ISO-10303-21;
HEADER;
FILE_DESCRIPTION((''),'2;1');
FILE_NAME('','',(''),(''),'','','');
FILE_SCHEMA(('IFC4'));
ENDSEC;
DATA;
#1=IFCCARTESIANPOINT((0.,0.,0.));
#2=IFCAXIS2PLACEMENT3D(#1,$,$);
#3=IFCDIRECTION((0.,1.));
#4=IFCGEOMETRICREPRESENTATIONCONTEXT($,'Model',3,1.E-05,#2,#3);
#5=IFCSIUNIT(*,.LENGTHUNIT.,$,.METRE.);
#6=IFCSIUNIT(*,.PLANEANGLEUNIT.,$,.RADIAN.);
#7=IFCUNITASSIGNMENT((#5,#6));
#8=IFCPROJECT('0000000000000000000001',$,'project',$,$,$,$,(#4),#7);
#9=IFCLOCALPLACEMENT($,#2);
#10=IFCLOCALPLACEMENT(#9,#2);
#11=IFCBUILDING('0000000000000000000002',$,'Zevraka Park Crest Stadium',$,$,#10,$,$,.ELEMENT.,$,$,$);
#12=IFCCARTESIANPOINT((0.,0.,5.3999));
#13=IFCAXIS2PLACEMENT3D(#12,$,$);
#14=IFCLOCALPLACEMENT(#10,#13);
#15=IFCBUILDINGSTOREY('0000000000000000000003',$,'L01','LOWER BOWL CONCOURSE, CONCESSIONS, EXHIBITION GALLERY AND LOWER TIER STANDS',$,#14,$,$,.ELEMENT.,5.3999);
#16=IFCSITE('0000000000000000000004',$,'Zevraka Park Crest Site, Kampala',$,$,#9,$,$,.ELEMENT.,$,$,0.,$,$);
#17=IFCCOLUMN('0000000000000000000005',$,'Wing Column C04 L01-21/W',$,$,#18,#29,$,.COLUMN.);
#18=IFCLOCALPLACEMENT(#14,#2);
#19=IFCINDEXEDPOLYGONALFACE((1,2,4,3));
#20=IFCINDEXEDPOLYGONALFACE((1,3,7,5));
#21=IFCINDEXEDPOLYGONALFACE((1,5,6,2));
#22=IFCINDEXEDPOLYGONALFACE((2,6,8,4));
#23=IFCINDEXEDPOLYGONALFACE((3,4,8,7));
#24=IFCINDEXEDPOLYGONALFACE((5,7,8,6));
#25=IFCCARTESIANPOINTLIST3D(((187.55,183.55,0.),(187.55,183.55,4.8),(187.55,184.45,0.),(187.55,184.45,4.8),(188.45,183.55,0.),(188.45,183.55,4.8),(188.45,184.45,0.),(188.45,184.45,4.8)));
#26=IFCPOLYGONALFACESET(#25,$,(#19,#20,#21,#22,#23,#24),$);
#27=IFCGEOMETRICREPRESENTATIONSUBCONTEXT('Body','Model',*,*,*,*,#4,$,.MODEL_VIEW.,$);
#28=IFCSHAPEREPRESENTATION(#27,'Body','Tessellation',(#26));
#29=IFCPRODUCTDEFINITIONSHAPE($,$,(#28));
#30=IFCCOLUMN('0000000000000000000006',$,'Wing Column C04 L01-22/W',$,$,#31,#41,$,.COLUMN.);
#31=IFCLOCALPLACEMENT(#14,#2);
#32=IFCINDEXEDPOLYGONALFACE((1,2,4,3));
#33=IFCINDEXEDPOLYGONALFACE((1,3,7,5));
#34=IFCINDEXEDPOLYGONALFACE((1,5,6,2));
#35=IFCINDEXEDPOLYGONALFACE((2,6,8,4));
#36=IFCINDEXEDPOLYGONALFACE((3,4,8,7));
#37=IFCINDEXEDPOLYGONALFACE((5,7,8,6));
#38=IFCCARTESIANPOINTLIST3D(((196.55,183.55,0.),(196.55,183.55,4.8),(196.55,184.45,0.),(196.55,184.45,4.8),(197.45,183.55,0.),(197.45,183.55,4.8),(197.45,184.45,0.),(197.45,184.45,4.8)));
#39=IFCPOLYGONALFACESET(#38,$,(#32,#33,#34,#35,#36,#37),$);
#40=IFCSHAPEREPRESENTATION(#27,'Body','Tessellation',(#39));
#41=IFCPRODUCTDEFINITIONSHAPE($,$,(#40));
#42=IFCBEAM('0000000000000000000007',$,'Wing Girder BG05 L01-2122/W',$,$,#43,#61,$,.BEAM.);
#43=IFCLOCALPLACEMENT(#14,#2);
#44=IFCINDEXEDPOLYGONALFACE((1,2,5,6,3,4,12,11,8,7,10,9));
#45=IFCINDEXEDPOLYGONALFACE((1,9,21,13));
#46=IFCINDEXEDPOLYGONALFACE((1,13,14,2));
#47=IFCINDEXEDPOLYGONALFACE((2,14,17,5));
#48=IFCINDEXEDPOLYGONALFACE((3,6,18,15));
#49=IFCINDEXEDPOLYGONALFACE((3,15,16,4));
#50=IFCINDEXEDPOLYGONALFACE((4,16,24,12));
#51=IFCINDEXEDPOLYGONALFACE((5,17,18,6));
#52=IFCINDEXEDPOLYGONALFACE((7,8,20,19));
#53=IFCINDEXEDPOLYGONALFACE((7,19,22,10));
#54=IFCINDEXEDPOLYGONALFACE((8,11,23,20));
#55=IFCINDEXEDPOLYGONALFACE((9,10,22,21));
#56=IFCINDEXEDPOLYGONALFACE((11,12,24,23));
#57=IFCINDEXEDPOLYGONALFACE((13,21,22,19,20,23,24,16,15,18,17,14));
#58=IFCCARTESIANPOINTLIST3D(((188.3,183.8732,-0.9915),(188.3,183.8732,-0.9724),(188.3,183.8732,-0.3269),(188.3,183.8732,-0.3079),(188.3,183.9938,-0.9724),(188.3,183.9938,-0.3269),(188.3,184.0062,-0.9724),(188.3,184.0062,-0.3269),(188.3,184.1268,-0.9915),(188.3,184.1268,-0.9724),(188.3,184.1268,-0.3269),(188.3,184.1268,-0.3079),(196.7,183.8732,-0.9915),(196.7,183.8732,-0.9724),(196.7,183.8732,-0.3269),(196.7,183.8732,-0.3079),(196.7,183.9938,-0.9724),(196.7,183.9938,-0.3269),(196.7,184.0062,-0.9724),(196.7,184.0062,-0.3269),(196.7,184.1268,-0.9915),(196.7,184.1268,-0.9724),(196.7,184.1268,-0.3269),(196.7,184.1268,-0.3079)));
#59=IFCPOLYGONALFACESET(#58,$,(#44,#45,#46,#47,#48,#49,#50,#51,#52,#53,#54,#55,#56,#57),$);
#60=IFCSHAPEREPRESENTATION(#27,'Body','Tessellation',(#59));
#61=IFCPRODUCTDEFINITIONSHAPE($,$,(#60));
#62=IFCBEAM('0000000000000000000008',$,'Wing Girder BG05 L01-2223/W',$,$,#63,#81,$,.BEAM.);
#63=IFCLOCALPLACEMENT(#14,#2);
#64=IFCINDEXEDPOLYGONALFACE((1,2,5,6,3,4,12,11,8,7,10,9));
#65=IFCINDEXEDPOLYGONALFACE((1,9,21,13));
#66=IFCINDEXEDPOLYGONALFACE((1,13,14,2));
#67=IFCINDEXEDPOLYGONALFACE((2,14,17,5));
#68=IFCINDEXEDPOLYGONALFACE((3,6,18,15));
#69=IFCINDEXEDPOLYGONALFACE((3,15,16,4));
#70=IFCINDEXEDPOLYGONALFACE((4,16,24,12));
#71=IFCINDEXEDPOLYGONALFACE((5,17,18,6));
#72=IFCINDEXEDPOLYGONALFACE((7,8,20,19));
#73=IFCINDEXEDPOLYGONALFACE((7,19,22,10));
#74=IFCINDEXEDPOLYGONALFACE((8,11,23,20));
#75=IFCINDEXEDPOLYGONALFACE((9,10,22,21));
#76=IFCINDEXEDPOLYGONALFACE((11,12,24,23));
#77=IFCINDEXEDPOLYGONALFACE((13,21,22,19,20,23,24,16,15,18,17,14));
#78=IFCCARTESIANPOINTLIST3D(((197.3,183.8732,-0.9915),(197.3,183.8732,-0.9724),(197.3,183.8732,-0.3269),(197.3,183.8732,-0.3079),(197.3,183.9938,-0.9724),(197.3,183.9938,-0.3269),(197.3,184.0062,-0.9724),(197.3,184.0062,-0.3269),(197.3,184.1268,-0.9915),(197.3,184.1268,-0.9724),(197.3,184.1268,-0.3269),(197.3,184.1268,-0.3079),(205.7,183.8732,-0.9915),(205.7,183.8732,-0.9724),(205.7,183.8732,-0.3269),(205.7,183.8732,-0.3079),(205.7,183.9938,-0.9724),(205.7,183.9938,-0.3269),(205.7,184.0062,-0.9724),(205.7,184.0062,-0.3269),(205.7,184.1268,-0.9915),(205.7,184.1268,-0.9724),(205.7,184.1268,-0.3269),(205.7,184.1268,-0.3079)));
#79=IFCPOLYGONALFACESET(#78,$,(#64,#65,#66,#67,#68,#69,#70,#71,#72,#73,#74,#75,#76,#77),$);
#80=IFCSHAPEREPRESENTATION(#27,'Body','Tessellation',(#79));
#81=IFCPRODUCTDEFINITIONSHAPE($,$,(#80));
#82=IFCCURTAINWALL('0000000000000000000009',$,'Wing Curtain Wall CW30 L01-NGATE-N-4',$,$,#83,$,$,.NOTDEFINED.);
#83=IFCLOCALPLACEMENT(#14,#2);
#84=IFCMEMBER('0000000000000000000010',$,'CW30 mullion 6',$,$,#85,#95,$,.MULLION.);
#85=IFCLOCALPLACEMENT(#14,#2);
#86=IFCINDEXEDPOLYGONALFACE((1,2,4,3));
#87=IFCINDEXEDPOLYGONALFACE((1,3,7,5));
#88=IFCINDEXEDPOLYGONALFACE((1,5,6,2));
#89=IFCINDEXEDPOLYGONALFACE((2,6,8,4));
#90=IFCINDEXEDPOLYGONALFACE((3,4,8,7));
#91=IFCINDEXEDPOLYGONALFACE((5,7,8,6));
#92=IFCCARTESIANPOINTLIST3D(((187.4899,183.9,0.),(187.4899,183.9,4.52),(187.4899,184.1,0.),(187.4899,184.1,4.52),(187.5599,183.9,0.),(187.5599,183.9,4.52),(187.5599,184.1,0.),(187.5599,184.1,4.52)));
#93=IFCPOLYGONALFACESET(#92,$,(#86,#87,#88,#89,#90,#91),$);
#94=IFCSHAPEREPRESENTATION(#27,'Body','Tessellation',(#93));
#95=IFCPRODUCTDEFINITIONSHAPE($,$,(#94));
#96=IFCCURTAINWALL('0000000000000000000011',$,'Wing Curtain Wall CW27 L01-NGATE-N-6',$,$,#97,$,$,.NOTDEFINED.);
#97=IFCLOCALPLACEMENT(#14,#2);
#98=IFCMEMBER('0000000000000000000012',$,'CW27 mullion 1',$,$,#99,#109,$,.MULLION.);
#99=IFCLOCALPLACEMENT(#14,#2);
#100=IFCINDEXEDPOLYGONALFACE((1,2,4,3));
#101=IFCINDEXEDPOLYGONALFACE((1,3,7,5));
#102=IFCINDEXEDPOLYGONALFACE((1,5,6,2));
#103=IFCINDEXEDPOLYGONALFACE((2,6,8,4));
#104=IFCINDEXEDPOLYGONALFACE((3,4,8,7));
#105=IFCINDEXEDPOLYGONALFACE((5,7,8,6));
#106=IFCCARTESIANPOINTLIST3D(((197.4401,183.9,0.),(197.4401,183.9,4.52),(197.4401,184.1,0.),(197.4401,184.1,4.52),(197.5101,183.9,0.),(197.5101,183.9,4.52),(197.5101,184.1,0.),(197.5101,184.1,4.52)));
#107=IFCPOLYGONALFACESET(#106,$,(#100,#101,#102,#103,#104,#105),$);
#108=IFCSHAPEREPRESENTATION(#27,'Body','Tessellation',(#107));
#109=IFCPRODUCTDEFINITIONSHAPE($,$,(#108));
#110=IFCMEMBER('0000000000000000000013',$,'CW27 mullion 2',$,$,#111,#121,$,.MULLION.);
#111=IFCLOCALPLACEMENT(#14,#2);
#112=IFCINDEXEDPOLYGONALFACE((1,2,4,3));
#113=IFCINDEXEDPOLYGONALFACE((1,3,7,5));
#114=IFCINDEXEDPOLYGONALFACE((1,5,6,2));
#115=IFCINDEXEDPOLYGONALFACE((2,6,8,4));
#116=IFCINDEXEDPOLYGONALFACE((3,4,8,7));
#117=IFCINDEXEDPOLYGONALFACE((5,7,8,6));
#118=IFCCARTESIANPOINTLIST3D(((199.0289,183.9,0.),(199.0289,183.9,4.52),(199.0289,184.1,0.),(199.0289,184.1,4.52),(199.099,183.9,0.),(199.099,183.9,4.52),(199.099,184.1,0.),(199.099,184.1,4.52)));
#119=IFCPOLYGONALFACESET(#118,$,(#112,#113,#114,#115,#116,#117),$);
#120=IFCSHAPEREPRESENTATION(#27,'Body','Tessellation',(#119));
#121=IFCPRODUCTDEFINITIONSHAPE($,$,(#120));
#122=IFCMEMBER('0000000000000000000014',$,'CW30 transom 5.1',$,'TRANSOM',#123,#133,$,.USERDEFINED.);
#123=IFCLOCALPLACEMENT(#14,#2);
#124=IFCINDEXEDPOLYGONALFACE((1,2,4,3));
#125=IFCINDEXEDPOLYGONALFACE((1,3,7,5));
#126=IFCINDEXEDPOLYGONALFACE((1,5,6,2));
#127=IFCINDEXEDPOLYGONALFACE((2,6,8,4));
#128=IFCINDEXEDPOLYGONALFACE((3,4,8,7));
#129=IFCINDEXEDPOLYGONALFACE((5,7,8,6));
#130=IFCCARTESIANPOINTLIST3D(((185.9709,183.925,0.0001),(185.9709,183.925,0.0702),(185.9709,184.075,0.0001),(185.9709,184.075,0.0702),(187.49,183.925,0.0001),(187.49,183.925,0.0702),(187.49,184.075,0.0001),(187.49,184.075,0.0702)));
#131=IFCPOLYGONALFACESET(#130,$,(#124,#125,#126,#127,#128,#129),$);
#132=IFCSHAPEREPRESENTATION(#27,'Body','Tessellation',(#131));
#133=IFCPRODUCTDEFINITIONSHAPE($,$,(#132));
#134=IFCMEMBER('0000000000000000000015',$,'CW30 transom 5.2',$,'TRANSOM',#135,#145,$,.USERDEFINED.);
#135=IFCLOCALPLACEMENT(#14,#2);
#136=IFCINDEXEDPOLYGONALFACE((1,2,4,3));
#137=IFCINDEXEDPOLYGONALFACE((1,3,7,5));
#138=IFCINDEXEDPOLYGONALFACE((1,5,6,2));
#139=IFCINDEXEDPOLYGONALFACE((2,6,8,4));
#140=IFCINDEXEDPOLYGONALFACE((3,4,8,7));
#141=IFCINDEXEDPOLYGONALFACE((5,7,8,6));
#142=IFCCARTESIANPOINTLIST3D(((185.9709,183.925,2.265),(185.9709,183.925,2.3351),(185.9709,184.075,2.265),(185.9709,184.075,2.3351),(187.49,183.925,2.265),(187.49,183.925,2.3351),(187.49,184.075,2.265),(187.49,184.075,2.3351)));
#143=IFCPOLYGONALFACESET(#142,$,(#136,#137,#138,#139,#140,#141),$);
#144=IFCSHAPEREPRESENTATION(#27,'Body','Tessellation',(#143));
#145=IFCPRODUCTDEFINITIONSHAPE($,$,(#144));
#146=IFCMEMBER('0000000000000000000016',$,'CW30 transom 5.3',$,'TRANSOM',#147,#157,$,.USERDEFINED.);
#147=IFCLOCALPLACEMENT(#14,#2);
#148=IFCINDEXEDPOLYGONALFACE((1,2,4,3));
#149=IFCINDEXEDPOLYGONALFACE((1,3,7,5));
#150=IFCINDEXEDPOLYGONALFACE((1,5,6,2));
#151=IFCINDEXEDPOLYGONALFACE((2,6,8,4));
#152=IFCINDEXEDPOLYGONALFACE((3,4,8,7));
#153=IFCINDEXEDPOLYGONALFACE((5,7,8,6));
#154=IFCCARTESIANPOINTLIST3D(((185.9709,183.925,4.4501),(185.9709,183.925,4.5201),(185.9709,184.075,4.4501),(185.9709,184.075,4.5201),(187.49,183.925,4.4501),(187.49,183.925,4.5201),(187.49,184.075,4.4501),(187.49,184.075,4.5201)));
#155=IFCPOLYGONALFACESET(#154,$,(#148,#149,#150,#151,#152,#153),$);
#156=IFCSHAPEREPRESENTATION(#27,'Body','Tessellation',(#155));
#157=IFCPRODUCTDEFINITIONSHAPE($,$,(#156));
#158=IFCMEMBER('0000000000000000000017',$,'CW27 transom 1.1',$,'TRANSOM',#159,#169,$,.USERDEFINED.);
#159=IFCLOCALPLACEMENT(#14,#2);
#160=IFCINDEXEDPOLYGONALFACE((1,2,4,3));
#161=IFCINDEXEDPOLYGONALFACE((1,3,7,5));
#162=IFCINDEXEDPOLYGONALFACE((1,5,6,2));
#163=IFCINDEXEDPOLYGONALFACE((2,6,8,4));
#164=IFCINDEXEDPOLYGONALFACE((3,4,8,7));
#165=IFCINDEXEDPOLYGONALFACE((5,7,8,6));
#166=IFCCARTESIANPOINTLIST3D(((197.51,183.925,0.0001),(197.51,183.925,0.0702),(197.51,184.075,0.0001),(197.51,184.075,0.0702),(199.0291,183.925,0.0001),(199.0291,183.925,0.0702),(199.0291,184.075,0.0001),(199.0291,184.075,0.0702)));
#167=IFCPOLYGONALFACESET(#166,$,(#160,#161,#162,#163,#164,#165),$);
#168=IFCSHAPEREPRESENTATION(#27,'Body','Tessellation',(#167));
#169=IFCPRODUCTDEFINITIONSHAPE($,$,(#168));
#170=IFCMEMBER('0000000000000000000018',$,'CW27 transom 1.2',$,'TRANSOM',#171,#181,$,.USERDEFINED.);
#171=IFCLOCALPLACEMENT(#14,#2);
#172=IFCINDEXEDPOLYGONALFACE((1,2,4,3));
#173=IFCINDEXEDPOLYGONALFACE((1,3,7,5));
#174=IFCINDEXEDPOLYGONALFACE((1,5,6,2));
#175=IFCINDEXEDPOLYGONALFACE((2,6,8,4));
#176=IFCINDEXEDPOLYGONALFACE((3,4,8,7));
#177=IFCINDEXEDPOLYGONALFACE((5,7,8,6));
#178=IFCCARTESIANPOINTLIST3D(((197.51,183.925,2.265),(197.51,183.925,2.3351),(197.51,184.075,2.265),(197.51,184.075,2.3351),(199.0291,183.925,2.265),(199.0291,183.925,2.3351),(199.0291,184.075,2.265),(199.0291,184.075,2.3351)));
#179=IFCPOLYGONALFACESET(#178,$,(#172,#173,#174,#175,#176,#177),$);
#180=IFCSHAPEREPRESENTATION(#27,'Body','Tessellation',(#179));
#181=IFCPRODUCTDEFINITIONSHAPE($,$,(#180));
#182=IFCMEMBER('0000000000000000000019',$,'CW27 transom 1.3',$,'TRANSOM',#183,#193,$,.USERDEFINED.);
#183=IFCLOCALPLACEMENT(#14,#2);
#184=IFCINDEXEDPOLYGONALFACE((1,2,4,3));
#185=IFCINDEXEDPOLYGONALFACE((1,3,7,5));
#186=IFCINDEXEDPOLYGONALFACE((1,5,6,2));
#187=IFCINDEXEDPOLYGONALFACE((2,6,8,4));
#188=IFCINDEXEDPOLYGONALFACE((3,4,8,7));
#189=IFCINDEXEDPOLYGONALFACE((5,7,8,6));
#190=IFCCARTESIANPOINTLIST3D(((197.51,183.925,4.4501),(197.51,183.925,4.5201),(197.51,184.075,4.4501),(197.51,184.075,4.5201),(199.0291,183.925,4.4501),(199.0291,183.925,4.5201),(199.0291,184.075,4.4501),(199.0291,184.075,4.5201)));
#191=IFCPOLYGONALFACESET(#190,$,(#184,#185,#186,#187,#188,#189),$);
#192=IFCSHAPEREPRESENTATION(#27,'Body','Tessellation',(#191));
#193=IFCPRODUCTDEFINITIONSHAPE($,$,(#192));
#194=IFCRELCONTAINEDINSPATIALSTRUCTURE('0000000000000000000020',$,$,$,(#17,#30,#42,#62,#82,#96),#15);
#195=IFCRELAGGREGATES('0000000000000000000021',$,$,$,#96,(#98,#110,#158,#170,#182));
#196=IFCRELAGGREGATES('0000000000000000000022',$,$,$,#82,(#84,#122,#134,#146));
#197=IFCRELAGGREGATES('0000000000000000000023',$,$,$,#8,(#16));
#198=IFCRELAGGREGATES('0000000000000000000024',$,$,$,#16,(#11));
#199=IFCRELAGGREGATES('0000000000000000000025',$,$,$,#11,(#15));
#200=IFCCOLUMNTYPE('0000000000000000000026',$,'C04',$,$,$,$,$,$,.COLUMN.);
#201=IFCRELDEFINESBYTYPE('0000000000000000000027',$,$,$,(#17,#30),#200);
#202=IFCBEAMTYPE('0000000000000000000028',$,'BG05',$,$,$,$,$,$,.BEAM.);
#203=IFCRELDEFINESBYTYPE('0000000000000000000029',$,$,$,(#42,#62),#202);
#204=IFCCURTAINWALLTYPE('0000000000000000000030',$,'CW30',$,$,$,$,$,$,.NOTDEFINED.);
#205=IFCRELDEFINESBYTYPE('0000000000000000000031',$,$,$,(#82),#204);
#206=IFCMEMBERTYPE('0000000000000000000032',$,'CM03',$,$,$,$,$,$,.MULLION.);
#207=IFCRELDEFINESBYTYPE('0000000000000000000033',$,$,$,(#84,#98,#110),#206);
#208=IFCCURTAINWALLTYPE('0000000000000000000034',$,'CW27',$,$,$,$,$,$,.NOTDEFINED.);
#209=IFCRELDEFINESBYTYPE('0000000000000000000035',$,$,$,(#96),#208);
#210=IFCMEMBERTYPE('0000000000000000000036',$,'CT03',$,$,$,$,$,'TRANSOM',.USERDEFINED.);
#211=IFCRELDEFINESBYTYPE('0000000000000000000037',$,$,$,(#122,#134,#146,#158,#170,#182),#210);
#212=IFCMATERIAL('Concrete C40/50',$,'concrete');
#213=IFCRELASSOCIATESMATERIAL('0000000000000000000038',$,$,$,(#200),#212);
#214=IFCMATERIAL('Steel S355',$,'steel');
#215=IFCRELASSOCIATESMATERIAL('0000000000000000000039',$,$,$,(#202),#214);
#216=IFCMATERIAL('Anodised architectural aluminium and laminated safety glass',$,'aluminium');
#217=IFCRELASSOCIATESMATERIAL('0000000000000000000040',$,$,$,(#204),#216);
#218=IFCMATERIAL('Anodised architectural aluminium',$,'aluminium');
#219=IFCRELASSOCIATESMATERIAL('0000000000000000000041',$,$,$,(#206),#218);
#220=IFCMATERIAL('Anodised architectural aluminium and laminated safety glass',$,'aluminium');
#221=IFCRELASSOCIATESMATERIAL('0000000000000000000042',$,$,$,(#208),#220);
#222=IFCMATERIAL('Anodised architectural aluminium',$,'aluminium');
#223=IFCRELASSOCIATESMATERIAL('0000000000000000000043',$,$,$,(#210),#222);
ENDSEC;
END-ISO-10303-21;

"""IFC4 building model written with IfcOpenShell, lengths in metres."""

from ifc_helpers import new_model, si_unit, direction, frame, origin, origin_2d, place, context, subcontext, project, spatial, rectangle, i_section, extrude, material, material_profile, profile_set, type_object, element, aggregate, save


model = new_model("IFC4")

# Units and contexts
model_context = context("Model", 3, precision=1e-05, world=origin(), true_north=direction((0.0, 1.0)))
body_context = subcontext(model_context, "Body", "Model", "MODEL_VIEW")
ifc_project = project(units=[si_unit("LENGTHUNIT", "METRE"), si_unit("PLANEANGLEUNIT", "RADIAN")], contexts=[model_context])

# Site, building, storey
site_placement = place(None, origin())
site = spatial("IfcSite", under=ifc_project, at=site_placement, Name="Zevraka Park Crest Site, Kampala", CompositionType="ELEMENT", RefElevation=0.0)
building_placement = place(site_placement, origin())
building = spatial("IfcBuilding", under=site, at=building_placement, Name="Zevraka Park Crest Stadium", CompositionType="ELEMENT")
storey_placement = place(building_placement, frame((0.0, 0.0, 5.3999)))
storey = spatial("IfcBuildingStorey", under=building, at=storey_placement, Name="L01", Description="LOWER BOWL CONCOURSE, CONCESSIONS, EXHIBITION GALLERY AND LOWER TIER STANDS", CompositionType="ELEMENT", Elevation=5.3999)

# Columns
ifc_material_1 = material(Name="Concrete C40/50", Category="concrete")
ifc_material_profile_1 = material_profile(ifc_material_1, rectangle(XDim=0.8999, YDim=0.8999, at=origin_2d()), Name="RC 900x900")
ifc_profile_set_1 = profile_set([ifc_material_profile_1], Name="Concrete C40/50")
column_type = type_object("IfcColumnType", Name="C04", PredefinedType="COLUMN", material=ifc_profile_set_1)
for number, where, z_axis, x_axis, name in (
    (1, (188.0, 184.0, 0.0), (0.0, 0.0, 1.0), (1.0, 0.0, 0.0), "Wing Column C04 L01-21/W"),
    (2, (197.0, 184.0, 0.0), (0.0, 0.0, 1.0), (1.0, 0.0, 0.0), "Wing Column C04 L01-22/W"),
):
    element("IfcColumn", number, at=place(storey_placement, frame(where, z_axis=z_axis, x_axis=x_axis)), inside=storey, type_object=column_type, Name=name, PredefinedType="COLUMN", context=body_context, shape_type="SweptSolid", body=[
        extrude(rectangle(XDim=0.8999, YDim=0.8999, at=origin_2d()), origin(), (0.0, 0.0, 1.0), 4.8),
    ])

# Beams
ifc_material_2 = material(Name="Steel S355", Category="steel")
ifc_material_profile_2 = material_profile(ifc_material_2, i_section(OverallWidth=0.2537, OverallDepth=0.6836, WebThickness=0.0125, FlangeThickness=0.019, at=origin_2d()), Name="UKB 686x254x140")
ifc_profile_set_2 = profile_set([ifc_material_profile_2], Name="Steel S355")
beam_type = type_object("IfcBeamType", Name="BG05", PredefinedType="BEAM", material=ifc_profile_set_2)
for number, where, z_axis, x_axis, name in (
    (3, (188.3, 184.0, -0.6497), (1.0, 0.0, 0.0), (0.0, 1.0, 0.0), "Wing Girder BG05 L01-2122/W"),
    (4, (197.3, 184.0, -0.6497), (1.0, 0.0, 0.0), (0.0, 1.0, 0.0), "Wing Girder BG05 L01-2223/W"),
):
    element("IfcBeam", number, at=place(storey_placement, frame(where, z_axis=z_axis, x_axis=x_axis)), inside=storey, type_object=beam_type, Name=name, PredefinedType="BEAM", context=body_context, shape_type="SweptSolid", body=[
        extrude(i_section(OverallWidth=0.2537, OverallDepth=0.6836, WebThickness=0.0125, FlangeThickness=0.019, at=origin_2d()), origin(), (0.0, 0.0, 1.0), 8.3999),
    ])

# Curtain wall, member
ifc_material_3 = material(Name="Anodised architectural aluminium and laminated safety glass", Category="aluminium")
curtain_wall_type_1 = type_object("IfcCurtainWallType", Name="CW30", PredefinedType="NOTDEFINED", material=ifc_material_3)
curtain_wall_1_placement = place(storey_placement, origin())
curtain_wall_1 = element("IfcCurtainWall", 5, at=curtain_wall_1_placement, inside=storey, type_object=curtain_wall_type_1, Name="Wing Curtain Wall CW30 L01-NGATE-N-4", PredefinedType="NOTDEFINED")
ifc_material_4 = material(Name="Anodised architectural aluminium", Category="aluminium")
ifc_material_profile_3 = material_profile(ifc_material_4, rectangle(XDim=0.2, YDim=0.0701, at=origin_2d()), Name="ALU MULLION 200x70")
ifc_profile_set_3 = profile_set([ifc_material_profile_3], Name="Anodised architectural aluminium")
member_type_1 = type_object("IfcMemberType", Name="CM03", PredefinedType="MULLION", material=ifc_profile_set_3)
member_1_placement = place(storey_placement, frame((187.5249, 184.0, 0.0), z_axis=(0.0, 0.0, 1.0), x_axis=(0.0, 1.0, 0.0)))
member_1 = element("IfcMember", 6, at=member_1_placement, type_object=member_type_1, Name="CW30 mullion 6", PredefinedType="MULLION", context=body_context, shape_type="SweptSolid", body=[
    extrude(rectangle(XDim=0.2, YDim=0.0701, at=origin_2d()), origin(), (0.0, 0.0, 1.0), 4.52),
])

# Curtain wall, members
ifc_material_5 = material(Name="Anodised architectural aluminium and laminated safety glass", Category="aluminium")
curtain_wall_type_2 = type_object("IfcCurtainWallType", Name="CW27", PredefinedType="NOTDEFINED", material=ifc_material_5)
curtain_wall_2_placement = place(storey_placement, origin())
curtain_wall_2 = element("IfcCurtainWall", 7, at=curtain_wall_2_placement, inside=storey, type_object=curtain_wall_type_2, Name="Wing Curtain Wall CW27 L01-NGATE-N-6", PredefinedType="NOTDEFINED")
member_2_placement = place(storey_placement, frame((197.4751, 184.0, 0.0), z_axis=(0.0, 0.0, 1.0), x_axis=(0.0, 1.0, 0.0)))
member_2 = element("IfcMember", 8, at=member_2_placement, type_object=member_type_1, Name="CW27 mullion 1", PredefinedType="MULLION", context=body_context, shape_type="SweptSolid", body=[
    extrude(rectangle(XDim=0.2, YDim=0.0701, at=origin_2d()), origin(), (0.0, 0.0, 1.0), 4.52),
])
member_3_placement = place(storey_placement, frame((199.064, 184.0, 0.0), z_axis=(0.0, 0.0, 1.0), x_axis=(0.0, 1.0, 0.0)))
member_3 = element("IfcMember", 9, at=member_3_placement, type_object=member_type_1, Name="CW27 mullion 2", PredefinedType="MULLION", context=body_context, shape_type="SweptSolid", body=[
    extrude(rectangle(XDim=0.2, YDim=0.0701, at=origin_2d()), origin(), (0.0, 0.0, 1.0), 4.52),
])

# Members
ifc_material_6 = material(Name="Anodised architectural aluminium", Category="aluminium")
ifc_material_profile_4 = material_profile(ifc_material_6, rectangle(XDim=0.1499, YDim=0.0701, at=origin_2d()), Name="ALU TRANSOM 150x70")
ifc_profile_set_4 = profile_set([ifc_material_profile_4], Name="Anodised architectural aluminium")
member_type_2 = type_object("IfcMemberType", Name="CT03", ElementType="TRANSOM", PredefinedType="USERDEFINED", material=ifc_profile_set_4)
member_4_placement = place(storey_placement, frame((185.9709, 184.0, 0.0352), z_axis=(1.0, 0.0, 0.0), x_axis=(0.0, 1.0, 0.0)))
member_4 = element("IfcMember", 10, at=member_4_placement, type_object=member_type_2, Name="CW30 transom 5.1", ObjectType="TRANSOM", PredefinedType="USERDEFINED", context=body_context, shape_type="SweptSolid", body=[
    extrude(rectangle(XDim=0.1499, YDim=0.0701, at=origin_2d()), origin(), (0.0, 0.0, 1.0), 1.519),
])
member_5_placement = place(storey_placement, frame((185.9709, 184.0, 2.3), z_axis=(1.0, 0.0, 0.0), x_axis=(0.0, 1.0, 0.0)))
member_5 = element("IfcMember", 11, at=member_5_placement, type_object=member_type_2, Name="CW30 transom 5.2", ObjectType="TRANSOM", PredefinedType="USERDEFINED", context=body_context, shape_type="SweptSolid", body=[
    extrude(rectangle(XDim=0.1499, YDim=0.0701, at=origin_2d()), origin(), (0.0, 0.0, 1.0), 1.519),
])
member_6_placement = place(storey_placement, frame((185.9709, 184.0, 4.4851), z_axis=(1.0, 0.0, 0.0), x_axis=(0.0, 1.0, 0.0)))
member_6 = element("IfcMember", 12, at=member_6_placement, type_object=member_type_2, Name="CW30 transom 5.3", ObjectType="TRANSOM", PredefinedType="USERDEFINED", context=body_context, shape_type="SweptSolid", body=[
    extrude(rectangle(XDim=0.1499, YDim=0.0701, at=origin_2d()), origin(), (0.0, 0.0, 1.0), 1.519),
])
member_7_placement = place(storey_placement, frame((197.51, 184.0, 0.0352), z_axis=(1.0, 0.0, 0.0), x_axis=(0.0, 1.0, 0.0)))
member_7 = element("IfcMember", 13, at=member_7_placement, type_object=member_type_2, Name="CW27 transom 1.1", ObjectType="TRANSOM", PredefinedType="USERDEFINED", context=body_context, shape_type="SweptSolid", body=[
    extrude(rectangle(XDim=0.1499, YDim=0.0701, at=origin_2d()), origin(), (0.0, 0.0, 1.0), 1.519),
])
member_8_placement = place(storey_placement, frame((197.51, 184.0, 2.3), z_axis=(1.0, 0.0, 0.0), x_axis=(0.0, 1.0, 0.0)))
member_8 = element("IfcMember", 14, at=member_8_placement, type_object=member_type_2, Name="CW27 transom 1.2", ObjectType="TRANSOM", PredefinedType="USERDEFINED", context=body_context, shape_type="SweptSolid", body=[
    extrude(rectangle(XDim=0.1499, YDim=0.0701, at=origin_2d()), origin(), (0.0, 0.0, 1.0), 1.519),
])
member_9_placement = place(storey_placement, frame((197.51, 184.0, 4.4851), z_axis=(1.0, 0.0, 0.0), x_axis=(0.0, 1.0, 0.0)))
member_9 = element("IfcMember", 15, at=member_9_placement, type_object=member_type_2, Name="CW27 transom 1.3", ObjectType="TRANSOM", PredefinedType="USERDEFINED", context=body_context, shape_type="SweptSolid", body=[
    extrude(rectangle(XDim=0.1499, YDim=0.0701, at=origin_2d()), origin(), (0.0, 0.0, 1.0), 1.519),
])

aggregate(curtain_wall_2, [member_2, member_3, member_7, member_8, member_9])
aggregate(curtain_wall_1, [member_1, member_4, member_5, member_6])

save(model, "model.ifc")
